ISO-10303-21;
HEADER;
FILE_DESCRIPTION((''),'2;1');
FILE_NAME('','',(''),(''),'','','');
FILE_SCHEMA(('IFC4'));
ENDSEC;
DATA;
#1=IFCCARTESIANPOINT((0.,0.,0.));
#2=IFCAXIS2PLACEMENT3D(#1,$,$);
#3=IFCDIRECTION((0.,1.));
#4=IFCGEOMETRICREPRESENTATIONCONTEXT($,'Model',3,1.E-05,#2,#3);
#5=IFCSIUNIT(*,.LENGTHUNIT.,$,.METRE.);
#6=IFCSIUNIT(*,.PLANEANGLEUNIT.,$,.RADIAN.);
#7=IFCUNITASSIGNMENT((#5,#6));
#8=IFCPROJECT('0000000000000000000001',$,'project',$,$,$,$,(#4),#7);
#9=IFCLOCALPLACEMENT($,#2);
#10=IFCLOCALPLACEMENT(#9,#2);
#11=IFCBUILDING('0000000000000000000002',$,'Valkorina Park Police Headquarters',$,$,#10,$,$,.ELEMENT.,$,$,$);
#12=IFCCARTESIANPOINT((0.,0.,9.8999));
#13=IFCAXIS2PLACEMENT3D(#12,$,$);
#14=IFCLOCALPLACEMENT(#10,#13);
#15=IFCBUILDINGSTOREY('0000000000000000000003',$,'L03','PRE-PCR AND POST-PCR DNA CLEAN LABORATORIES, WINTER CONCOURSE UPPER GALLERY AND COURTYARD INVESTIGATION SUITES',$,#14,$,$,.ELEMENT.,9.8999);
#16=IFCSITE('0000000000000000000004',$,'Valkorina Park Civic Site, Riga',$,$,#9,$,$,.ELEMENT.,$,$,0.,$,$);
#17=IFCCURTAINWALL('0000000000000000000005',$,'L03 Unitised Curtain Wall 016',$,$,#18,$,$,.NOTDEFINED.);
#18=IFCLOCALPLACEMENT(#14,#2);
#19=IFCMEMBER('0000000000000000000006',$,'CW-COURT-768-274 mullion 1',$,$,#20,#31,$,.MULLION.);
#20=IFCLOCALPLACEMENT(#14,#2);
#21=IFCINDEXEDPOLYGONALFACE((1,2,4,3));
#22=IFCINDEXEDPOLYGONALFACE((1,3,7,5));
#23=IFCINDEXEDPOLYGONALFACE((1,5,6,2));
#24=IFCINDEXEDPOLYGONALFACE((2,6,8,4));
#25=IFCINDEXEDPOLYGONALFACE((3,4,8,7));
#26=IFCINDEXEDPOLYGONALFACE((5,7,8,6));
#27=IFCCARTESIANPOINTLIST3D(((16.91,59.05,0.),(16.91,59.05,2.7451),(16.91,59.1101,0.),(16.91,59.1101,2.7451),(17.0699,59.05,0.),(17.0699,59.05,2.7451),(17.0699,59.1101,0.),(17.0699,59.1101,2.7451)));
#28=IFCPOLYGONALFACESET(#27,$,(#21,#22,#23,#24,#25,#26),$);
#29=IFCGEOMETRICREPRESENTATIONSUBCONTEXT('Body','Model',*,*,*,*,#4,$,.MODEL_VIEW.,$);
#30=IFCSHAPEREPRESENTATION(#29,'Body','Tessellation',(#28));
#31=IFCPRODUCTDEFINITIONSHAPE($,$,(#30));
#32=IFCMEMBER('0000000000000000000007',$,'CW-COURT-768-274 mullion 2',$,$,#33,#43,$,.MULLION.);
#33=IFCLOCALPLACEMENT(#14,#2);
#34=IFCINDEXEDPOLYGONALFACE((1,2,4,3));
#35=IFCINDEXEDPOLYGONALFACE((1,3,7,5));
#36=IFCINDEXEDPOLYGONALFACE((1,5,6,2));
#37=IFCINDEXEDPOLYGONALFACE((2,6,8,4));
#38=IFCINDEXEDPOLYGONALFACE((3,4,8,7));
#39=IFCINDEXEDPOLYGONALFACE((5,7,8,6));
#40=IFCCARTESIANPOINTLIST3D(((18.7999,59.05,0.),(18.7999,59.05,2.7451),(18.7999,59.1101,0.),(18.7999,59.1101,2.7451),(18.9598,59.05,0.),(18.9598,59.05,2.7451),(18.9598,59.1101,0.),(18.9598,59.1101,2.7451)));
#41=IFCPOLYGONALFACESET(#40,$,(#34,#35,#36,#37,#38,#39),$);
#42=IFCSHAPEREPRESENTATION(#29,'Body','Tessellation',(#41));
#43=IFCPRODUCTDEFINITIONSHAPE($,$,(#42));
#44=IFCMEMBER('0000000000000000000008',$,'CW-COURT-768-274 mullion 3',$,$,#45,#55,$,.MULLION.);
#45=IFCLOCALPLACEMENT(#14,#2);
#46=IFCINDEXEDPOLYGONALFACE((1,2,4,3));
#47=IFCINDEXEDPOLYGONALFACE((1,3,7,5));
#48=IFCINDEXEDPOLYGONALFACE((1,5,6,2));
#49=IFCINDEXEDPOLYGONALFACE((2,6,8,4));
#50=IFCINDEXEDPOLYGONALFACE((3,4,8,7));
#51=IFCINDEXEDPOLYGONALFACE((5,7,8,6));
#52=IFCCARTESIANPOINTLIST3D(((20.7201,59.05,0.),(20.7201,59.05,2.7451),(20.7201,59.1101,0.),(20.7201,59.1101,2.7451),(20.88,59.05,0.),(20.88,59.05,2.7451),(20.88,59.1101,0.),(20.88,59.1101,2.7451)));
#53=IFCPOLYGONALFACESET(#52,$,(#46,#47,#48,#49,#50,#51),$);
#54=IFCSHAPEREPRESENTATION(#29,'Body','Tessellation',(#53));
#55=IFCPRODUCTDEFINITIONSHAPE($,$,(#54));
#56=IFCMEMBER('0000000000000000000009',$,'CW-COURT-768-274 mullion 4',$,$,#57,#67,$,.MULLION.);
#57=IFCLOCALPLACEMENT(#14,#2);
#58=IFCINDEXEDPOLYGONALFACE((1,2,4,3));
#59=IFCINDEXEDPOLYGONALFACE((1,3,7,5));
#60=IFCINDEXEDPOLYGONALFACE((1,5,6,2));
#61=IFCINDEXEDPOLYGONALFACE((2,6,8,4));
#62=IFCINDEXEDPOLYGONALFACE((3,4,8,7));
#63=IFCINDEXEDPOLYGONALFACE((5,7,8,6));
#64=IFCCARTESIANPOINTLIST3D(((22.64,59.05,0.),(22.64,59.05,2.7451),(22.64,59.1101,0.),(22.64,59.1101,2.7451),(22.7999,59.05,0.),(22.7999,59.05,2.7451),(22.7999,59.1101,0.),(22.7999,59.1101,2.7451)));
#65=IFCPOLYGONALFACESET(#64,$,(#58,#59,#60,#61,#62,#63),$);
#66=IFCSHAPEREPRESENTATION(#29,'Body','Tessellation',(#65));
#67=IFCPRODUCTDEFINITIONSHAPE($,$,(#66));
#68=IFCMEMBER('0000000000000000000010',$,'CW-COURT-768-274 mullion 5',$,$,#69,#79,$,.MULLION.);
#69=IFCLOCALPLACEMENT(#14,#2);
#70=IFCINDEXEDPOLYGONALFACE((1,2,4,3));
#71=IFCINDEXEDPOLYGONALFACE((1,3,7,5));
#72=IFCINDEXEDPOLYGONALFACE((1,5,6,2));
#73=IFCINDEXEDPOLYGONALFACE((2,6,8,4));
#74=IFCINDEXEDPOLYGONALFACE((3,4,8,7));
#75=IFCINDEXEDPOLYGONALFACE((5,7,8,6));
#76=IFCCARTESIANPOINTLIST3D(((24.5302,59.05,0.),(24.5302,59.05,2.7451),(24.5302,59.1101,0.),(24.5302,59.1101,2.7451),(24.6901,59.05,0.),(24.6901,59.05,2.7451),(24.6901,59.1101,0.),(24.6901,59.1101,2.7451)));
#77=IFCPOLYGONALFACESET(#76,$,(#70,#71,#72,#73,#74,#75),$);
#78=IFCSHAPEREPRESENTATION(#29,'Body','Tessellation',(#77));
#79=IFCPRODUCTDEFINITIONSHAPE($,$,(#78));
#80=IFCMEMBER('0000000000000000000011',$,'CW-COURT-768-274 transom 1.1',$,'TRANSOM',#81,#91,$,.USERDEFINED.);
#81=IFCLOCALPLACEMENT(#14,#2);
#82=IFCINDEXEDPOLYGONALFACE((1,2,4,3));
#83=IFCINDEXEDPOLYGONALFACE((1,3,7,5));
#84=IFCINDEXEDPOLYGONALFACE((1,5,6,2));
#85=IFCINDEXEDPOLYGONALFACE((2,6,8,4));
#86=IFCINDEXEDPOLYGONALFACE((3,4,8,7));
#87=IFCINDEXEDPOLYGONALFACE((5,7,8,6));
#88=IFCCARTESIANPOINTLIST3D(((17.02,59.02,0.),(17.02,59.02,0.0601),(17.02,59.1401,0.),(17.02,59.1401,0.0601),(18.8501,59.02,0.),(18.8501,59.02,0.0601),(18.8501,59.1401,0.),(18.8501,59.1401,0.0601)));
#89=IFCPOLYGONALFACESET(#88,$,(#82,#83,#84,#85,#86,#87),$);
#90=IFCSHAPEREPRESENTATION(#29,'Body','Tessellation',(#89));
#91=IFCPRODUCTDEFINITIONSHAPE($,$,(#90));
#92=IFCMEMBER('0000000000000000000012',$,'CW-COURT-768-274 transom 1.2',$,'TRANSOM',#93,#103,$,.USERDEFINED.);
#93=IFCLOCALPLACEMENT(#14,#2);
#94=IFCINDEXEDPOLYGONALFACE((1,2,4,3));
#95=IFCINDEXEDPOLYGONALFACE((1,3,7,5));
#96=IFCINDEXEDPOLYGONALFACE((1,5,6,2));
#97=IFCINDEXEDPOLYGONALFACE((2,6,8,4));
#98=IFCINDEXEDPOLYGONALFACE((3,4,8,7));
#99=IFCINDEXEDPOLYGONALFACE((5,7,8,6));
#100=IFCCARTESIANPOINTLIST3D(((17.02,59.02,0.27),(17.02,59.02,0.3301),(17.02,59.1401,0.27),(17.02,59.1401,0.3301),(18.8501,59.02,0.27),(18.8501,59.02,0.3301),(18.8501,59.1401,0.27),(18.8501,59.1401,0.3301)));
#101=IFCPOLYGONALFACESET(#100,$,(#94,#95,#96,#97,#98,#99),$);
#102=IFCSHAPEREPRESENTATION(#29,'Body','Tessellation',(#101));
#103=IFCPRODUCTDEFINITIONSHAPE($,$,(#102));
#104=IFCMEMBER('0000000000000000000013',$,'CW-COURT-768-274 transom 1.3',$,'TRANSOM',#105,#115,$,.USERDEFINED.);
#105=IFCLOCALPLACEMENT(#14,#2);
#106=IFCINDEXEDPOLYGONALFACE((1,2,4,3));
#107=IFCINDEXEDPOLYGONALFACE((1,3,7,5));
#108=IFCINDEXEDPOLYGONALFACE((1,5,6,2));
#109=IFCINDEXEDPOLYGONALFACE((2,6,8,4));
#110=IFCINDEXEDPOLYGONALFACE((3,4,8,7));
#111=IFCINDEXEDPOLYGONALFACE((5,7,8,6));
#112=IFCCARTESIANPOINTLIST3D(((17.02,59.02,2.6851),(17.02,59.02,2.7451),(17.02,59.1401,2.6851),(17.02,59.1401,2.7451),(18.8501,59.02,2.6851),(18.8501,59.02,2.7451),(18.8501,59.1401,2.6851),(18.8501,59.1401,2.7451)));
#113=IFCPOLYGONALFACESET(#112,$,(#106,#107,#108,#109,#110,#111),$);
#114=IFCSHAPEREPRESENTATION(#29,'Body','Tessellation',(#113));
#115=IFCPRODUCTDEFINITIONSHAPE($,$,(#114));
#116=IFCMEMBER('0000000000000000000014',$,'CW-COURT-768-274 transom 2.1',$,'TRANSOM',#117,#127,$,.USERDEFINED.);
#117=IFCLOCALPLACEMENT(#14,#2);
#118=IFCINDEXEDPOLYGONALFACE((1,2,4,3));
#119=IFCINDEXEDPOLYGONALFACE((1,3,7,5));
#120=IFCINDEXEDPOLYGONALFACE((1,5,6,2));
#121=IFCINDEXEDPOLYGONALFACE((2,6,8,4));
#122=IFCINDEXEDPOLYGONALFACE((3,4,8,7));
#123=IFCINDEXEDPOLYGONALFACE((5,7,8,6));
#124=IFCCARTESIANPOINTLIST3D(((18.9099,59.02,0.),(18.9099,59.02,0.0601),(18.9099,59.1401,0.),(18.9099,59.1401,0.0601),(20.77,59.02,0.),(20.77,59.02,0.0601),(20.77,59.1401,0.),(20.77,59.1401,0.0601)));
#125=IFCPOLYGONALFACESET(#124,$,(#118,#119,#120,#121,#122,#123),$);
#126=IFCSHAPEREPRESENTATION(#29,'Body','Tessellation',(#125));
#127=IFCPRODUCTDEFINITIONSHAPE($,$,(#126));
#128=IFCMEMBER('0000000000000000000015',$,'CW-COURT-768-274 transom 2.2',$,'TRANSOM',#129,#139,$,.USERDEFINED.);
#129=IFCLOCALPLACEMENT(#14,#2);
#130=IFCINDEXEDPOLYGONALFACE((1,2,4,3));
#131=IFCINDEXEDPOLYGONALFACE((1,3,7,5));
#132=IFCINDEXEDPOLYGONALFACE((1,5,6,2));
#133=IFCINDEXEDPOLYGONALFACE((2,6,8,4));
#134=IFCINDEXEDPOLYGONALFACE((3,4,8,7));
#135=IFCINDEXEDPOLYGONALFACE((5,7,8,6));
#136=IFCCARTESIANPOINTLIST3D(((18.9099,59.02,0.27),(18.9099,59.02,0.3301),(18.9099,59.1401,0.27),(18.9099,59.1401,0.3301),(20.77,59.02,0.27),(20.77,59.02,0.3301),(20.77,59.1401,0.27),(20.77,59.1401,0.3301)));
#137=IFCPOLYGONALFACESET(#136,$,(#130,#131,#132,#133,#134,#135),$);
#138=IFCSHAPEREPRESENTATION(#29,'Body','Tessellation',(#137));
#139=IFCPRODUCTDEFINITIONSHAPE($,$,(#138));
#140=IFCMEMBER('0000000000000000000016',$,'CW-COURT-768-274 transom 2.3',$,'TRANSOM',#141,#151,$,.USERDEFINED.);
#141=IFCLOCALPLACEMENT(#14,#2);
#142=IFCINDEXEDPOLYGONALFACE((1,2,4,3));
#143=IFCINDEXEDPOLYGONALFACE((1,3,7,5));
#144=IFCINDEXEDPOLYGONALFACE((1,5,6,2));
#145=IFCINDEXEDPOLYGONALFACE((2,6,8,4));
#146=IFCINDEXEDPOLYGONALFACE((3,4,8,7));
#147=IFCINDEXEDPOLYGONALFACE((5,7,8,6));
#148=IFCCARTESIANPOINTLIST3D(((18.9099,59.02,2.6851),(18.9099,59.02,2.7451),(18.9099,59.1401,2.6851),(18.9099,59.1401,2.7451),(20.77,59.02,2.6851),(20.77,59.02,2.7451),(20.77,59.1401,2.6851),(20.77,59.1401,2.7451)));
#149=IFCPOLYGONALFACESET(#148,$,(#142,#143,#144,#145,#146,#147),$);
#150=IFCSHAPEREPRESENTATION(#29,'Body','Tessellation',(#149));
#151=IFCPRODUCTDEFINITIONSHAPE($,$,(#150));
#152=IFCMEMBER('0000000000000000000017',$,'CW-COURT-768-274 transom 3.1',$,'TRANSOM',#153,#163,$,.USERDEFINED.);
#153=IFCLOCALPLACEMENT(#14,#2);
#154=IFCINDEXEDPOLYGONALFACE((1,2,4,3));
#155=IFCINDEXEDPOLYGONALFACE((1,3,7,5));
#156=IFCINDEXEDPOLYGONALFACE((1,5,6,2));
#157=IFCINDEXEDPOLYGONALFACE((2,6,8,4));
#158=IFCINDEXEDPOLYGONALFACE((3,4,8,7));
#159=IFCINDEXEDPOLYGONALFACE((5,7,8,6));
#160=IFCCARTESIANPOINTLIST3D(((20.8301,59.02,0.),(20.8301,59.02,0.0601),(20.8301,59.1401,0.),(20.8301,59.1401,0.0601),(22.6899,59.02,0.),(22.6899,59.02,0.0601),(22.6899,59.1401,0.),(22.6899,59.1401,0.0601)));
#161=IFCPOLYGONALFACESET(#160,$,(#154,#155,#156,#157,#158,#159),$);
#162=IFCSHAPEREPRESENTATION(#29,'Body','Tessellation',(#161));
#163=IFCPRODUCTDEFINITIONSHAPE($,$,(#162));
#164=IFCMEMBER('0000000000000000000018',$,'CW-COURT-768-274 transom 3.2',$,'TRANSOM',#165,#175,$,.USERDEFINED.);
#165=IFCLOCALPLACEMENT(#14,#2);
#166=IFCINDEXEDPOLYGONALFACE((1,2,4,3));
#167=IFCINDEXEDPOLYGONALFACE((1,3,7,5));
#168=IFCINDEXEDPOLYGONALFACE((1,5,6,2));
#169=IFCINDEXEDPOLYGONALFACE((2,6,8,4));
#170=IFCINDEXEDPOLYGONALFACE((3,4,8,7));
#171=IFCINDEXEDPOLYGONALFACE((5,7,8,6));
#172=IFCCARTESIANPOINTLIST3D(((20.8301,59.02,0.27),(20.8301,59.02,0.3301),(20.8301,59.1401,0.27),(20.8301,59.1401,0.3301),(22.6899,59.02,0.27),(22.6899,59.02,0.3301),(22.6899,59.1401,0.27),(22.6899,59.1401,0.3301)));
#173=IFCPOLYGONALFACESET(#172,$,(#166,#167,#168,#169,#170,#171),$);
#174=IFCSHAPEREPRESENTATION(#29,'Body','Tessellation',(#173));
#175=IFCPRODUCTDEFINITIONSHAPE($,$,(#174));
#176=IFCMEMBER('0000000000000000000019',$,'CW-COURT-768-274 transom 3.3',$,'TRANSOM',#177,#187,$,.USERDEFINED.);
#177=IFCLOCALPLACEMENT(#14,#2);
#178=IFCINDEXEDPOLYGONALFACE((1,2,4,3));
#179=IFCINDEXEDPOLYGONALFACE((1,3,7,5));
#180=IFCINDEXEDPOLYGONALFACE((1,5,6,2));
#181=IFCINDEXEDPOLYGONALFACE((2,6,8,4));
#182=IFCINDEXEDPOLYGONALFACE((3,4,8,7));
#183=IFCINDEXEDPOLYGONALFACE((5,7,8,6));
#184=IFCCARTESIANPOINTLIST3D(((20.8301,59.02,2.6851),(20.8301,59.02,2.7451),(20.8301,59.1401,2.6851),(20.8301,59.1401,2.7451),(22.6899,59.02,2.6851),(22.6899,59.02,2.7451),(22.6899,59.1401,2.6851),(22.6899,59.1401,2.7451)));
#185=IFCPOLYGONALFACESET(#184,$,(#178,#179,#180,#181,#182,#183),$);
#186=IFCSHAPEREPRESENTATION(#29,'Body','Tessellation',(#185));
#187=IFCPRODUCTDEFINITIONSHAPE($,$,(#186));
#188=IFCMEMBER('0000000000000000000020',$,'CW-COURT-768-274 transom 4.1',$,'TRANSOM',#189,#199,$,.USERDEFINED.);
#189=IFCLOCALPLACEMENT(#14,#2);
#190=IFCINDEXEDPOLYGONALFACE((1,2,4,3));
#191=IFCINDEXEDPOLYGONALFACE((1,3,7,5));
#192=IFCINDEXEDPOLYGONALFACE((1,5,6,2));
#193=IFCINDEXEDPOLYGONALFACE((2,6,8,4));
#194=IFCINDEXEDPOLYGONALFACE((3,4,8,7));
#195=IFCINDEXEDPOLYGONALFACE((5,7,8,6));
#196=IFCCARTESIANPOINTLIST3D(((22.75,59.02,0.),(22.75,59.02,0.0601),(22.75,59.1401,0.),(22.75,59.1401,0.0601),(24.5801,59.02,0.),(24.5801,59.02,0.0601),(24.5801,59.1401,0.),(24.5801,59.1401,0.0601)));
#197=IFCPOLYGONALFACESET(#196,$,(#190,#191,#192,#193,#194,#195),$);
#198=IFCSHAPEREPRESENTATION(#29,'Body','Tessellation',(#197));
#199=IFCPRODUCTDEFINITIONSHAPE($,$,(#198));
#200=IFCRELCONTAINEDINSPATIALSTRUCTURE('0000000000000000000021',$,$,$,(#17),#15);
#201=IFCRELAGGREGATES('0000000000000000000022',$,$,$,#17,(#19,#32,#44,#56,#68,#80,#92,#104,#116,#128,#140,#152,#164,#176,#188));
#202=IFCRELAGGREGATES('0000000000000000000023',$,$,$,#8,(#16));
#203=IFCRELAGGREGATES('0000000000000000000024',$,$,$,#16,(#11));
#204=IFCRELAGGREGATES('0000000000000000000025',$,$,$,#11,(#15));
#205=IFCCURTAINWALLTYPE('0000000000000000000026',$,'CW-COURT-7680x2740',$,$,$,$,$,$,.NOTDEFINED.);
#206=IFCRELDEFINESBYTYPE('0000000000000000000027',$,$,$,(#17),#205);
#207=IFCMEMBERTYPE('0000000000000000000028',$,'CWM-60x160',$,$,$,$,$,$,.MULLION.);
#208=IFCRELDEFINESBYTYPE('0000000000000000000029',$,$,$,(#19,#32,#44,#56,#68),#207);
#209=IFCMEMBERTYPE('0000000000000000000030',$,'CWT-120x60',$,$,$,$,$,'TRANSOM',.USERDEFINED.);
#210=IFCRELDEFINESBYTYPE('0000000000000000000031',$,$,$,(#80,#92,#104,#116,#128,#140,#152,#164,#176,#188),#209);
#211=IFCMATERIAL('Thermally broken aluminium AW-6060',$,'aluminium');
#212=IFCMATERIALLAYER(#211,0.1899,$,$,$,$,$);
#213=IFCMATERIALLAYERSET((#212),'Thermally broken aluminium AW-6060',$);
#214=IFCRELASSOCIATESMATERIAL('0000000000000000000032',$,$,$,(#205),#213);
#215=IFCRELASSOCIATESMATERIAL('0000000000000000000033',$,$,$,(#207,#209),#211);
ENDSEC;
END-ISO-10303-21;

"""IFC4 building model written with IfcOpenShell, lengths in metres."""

from ifc_helpers import new_model, si_unit, direction, frame, origin, origin_2d, place, context, subcontext, project, spatial, rectangle, extrude, material, layer, layer_set, material_profile, profile_set, type_object, element, aggregate, save


model = new_model("IFC4")

# Units and contexts
model_context = context("Model", 3, precision=1e-05, world=origin(), true_north=direction((0.0, 1.0)))
body_context = subcontext(model_context, "Body", "Model", "MODEL_VIEW")
ifc_project = project(units=[si_unit("LENGTHUNIT", "METRE"), si_unit("PLANEANGLEUNIT", "RADIAN")], contexts=[model_context])

# Site, building, storey
site_placement = place(None, origin())
site = spatial("IfcSite", under=ifc_project, at=site_placement, Name="Valkorina Park Civic Site, Riga", CompositionType="ELEMENT", RefElevation=0.0)
building_placement = place(site_placement, origin())
building = spatial("IfcBuilding", under=site, at=building_placement, Name="Valkorina Park Police Headquarters", CompositionType="ELEMENT")
storey_placement = place(building_placement, frame((0.0, 0.0, 9.8999)))
storey = spatial("IfcBuildingStorey", under=building, at=storey_placement, Name="L03", Description="PRE-PCR AND POST-PCR DNA CLEAN LABORATORIES, WINTER CONCOURSE UPPER GALLERY AND COURTYARD INVESTIGATION SUITES", CompositionType="ELEMENT", Elevation=9.8999)

# Curtain wall, members
ifc_material_1 = material(Name="Thermally broken aluminium AW-6060", Category="aluminium")
ifc_layer_1 = layer(ifc_material_1, 0.1899)
ifc_layer_set_1 = layer_set([ifc_layer_1], Name="Thermally broken aluminium AW-6060")
curtain_wall_type = type_object("IfcCurtainWallType", Name="CW-COURT-7680x2740", PredefinedType="NOTDEFINED", material=ifc_layer_set_1)
curtain_wall_placement = place(storey_placement, origin())
curtain_wall = element("IfcCurtainWall", 1, at=curtain_wall_placement, inside=storey, type_object=curtain_wall_type, Name="L03 Unitised Curtain Wall 016", PredefinedType="NOTDEFINED")
ifc_material_profile_1 = material_profile(ifc_material_1, rectangle(XDim=0.0601, YDim=0.1599, at=origin_2d()), Name="CWM-01 60x160")
ifc_profile_set_1 = profile_set([ifc_material_profile_1], Name="Thermally broken aluminium AW-6060")
member_type_1 = type_object("IfcMemberType", Name="CWM-60x160", PredefinedType="MULLION", material=ifc_profile_set_1)
member_1_placement = place(storey_placement, frame((16.99, 59.0801, 0.0), z_axis=(0.0, 0.0, 1.0), x_axis=(0.0, 1.0, 0.0)))
member_1 = element("IfcMember", 2, at=member_1_placement, type_object=member_type_1, Name="CW-COURT-768-274 mullion 1", PredefinedType="MULLION", context=body_context, shape_type="SweptSolid", body=[
    extrude(rectangle(XDim=0.0601, YDim=0.1599, at=origin_2d()), origin(), (0.0, 0.0, 1.0), 2.7451),
])
member_2_placement = place(storey_placement, frame((18.8799, 59.0801, 0.0), z_axis=(0.0, 0.0, 1.0), x_axis=(0.0, 1.0, 0.0)))
member_2 = element("IfcMember", 3, at=member_2_placement, type_object=member_type_1, Name="CW-COURT-768-274 mullion 2", PredefinedType="MULLION", context=body_context, shape_type="SweptSolid", body=[
    extrude(rectangle(XDim=0.0601, YDim=0.1599, at=origin_2d()), origin(), (0.0, 0.0, 1.0), 2.7451),
])
member_3_placement = place(storey_placement, frame((20.8, 59.0801, 0.0), z_axis=(0.0, 0.0, 1.0), x_axis=(0.0, 1.0, 0.0)))
member_3 = element("IfcMember", 4, at=member_3_placement, type_object=member_type_1, Name="CW-COURT-768-274 mullion 3", PredefinedType="MULLION", context=body_context, shape_type="SweptSolid", body=[
    extrude(rectangle(XDim=0.0601, YDim=0.1599, at=origin_2d()), origin(), (0.0, 0.0, 1.0), 2.7451),
])
member_4_placement = place(storey_placement, frame((22.72, 59.0801, 0.0), z_axis=(0.0, 0.0, 1.0), x_axis=(0.0, 1.0, 0.0)))
member_4 = element("IfcMember", 5, at=member_4_placement, type_object=member_type_1, Name="CW-COURT-768-274 mullion 4", PredefinedType="MULLION", context=body_context, shape_type="SweptSolid", body=[
    extrude(rectangle(XDim=0.0601, YDim=0.1599, at=origin_2d()), origin(), (0.0, 0.0, 1.0), 2.7451),
])
member_5_placement = place(storey_placement, frame((24.6101, 59.0801, 0.0), z_axis=(0.0, 0.0, 1.0), x_axis=(0.0, 1.0, 0.0)))
member_5 = element("IfcMember", 6, at=member_5_placement, type_object=member_type_1, Name="CW-COURT-768-274 mullion 5", PredefinedType="MULLION", context=body_context, shape_type="SweptSolid", body=[
    extrude(rectangle(XDim=0.0601, YDim=0.1599, at=origin_2d()), origin(), (0.0, 0.0, 1.0), 2.7451),
])
ifc_material_profile_2 = material_profile(ifc_material_1, rectangle(XDim=0.1201, YDim=0.0601, at=origin_2d()), Name="CWT-01 120x60")
ifc_profile_set_2 = profile_set([ifc_material_profile_2], Name="Thermally broken aluminium AW-6060")
member_type_2 = type_object("IfcMemberType", Name="CWT-120x60", ElementType="TRANSOM", PredefinedType="USERDEFINED", material=ifc_profile_set_2)
member_6_placement = place(storey_placement, frame((17.02, 59.0801, 0.03), z_axis=(1.0, 0.0, 0.0), x_axis=(0.0, 1.0, 0.0)))
member_6 = element("IfcMember", 7, at=member_6_placement, type_object=member_type_2, Name="CW-COURT-768-274 transom 1.1", ObjectType="TRANSOM", PredefinedType="USERDEFINED", context=body_context, shape_type="SweptSolid", body=[
    extrude(rectangle(XDim=0.1201, YDim=0.0601, at=origin_2d()), origin(), (0.0, 0.0, 1.0), 1.8301),
])
member_7_placement = place(storey_placement, frame((17.02, 59.0801, 0.3), z_axis=(1.0, 0.0, 0.0), x_axis=(0.0, 1.0, 0.0)))
member_7 = element("IfcMember", 8, at=member_7_placement, type_object=member_type_2, Name="CW-COURT-768-274 transom 1.2", ObjectType="TRANSOM", PredefinedType="USERDEFINED", context=body_context, shape_type="SweptSolid", body=[
    extrude(rectangle(XDim=0.1201, YDim=0.0601, at=origin_2d()), origin(), (0.0, 0.0, 1.0), 1.8301),
])
member_8_placement = place(storey_placement, frame((17.02, 59.0801, 2.7151), z_axis=(1.0, 0.0, 0.0), x_axis=(0.0, 1.0, 0.0)))
member_8 = element("IfcMember", 9, at=member_8_placement, type_object=member_type_2, Name="CW-COURT-768-274 transom 1.3", ObjectType="TRANSOM", PredefinedType="USERDEFINED", context=body_context, shape_type="SweptSolid", body=[
    extrude(rectangle(XDim=0.1201, YDim=0.0601, at=origin_2d()), origin(), (0.0, 0.0, 1.0), 1.8301),
])
member_9_placement = place(storey_placement, frame((18.9099, 59.0801, 0.03), z_axis=(1.0, 0.0, 0.0), x_axis=(0.0, 1.0, 0.0)))
member_9 = element("IfcMember", 10, at=member_9_placement, type_object=member_type_2, Name="CW-COURT-768-274 transom 2.1", ObjectType="TRANSOM", PredefinedType="USERDEFINED", context=body_context, shape_type="SweptSolid", body=[
    extrude(rectangle(XDim=0.1201, YDim=0.0601, at=origin_2d()), origin(), (0.0, 0.0, 1.0), 1.8601),
])
member_10_placement = place(storey_placement, frame((18.9099, 59.0801, 0.3), z_axis=(1.0, 0.0, 0.0), x_axis=(0.0, 1.0, 0.0)))
member_10 = element("IfcMember", 11, at=member_10_placement, type_object=member_type_2, Name="CW-COURT-768-274 transom 2.2", ObjectType="TRANSOM", PredefinedType="USERDEFINED", context=body_context, shape_type="SweptSolid", body=[
    extrude(rectangle(XDim=0.1201, YDim=0.0601, at=origin_2d()), origin(), (0.0, 0.0, 1.0), 1.8601),
])
member_11_placement = place(storey_placement, frame((18.9099, 59.0801, 2.7151), z_axis=(1.0, 0.0, 0.0), x_axis=(0.0, 1.0, 0.0)))
member_11 = element("IfcMember", 12, at=member_11_placement, type_object=member_type_2, Name="CW-COURT-768-274 transom 2.3", ObjectType="TRANSOM", PredefinedType="USERDEFINED", context=body_context, shape_type="SweptSolid", body=[
    extrude(rectangle(XDim=0.1201, YDim=0.0601, at=origin_2d()), origin(), (0.0, 0.0, 1.0), 1.8601),
])
member_12_placement = place(storey_placement, frame((20.8301, 59.0801, 0.03), z_axis=(1.0, 0.0, 0.0), x_axis=(0.0, 1.0, 0.0)))
member_12 = element("IfcMember", 13, at=member_12_placement, type_object=member_type_2, Name="CW-COURT-768-274 transom 3.1", ObjectType="TRANSOM", PredefinedType="USERDEFINED", context=body_context, shape_type="SweptSolid", body=[
    extrude(rectangle(XDim=0.1201, YDim=0.0601, at=origin_2d()), origin(), (0.0, 0.0, 1.0), 1.8599),
])
member_13_placement = place(storey_placement, frame((20.8301, 59.0801, 0.3), z_axis=(1.0, 0.0, 0.0), x_axis=(0.0, 1.0, 0.0)))
member_13 = element("IfcMember", 14, at=member_13_placement, type_object=member_type_2, Name="CW-COURT-768-274 transom 3.2", ObjectType="TRANSOM", PredefinedType="USERDEFINED", context=body_context, shape_type="SweptSolid", body=[
    extrude(rectangle(XDim=0.1201, YDim=0.0601, at=origin_2d()), origin(), (0.0, 0.0, 1.0), 1.8599),
])
member_14_placement = place(storey_placement, frame((20.8301, 59.0801, 2.7151), z_axis=(1.0, 0.0, 0.0), x_axis=(0.0, 1.0, 0.0)))
member_14 = element("IfcMember", 15, at=member_14_placement, type_object=member_type_2, Name="CW-COURT-768-274 transom 3.3", ObjectType="TRANSOM", PredefinedType="USERDEFINED", context=body_context, shape_type="SweptSolid", body=[
    extrude(rectangle(XDim=0.1201, YDim=0.0601, at=origin_2d()), origin(), (0.0, 0.0, 1.0), 1.8599),
])
member_15_placement = place(storey_placement, frame((22.75, 59.0801, 0.03), z_axis=(1.0, 0.0, 0.0), x_axis=(0.0, 1.0, 0.0)))
member_15 = element("IfcMember", 16, at=member_15_placement, type_object=member_type_2, Name="CW-COURT-768-274 transom 4.1", ObjectType="TRANSOM", PredefinedType="USERDEFINED", context=body_context, shape_type="SweptSolid", body=[
    extrude(rectangle(XDim=0.1201, YDim=0.0601, at=origin_2d()), origin(), (0.0, 0.0, 1.0), 1.8301),
])

aggregate(curtain_wall, [member_1, member_2, member_3, member_4, member_5, member_6, member_7, member_8, member_9, member_10, member_11, member_12, member_13, member_14, member_15])

save(model, "model.ifc")
